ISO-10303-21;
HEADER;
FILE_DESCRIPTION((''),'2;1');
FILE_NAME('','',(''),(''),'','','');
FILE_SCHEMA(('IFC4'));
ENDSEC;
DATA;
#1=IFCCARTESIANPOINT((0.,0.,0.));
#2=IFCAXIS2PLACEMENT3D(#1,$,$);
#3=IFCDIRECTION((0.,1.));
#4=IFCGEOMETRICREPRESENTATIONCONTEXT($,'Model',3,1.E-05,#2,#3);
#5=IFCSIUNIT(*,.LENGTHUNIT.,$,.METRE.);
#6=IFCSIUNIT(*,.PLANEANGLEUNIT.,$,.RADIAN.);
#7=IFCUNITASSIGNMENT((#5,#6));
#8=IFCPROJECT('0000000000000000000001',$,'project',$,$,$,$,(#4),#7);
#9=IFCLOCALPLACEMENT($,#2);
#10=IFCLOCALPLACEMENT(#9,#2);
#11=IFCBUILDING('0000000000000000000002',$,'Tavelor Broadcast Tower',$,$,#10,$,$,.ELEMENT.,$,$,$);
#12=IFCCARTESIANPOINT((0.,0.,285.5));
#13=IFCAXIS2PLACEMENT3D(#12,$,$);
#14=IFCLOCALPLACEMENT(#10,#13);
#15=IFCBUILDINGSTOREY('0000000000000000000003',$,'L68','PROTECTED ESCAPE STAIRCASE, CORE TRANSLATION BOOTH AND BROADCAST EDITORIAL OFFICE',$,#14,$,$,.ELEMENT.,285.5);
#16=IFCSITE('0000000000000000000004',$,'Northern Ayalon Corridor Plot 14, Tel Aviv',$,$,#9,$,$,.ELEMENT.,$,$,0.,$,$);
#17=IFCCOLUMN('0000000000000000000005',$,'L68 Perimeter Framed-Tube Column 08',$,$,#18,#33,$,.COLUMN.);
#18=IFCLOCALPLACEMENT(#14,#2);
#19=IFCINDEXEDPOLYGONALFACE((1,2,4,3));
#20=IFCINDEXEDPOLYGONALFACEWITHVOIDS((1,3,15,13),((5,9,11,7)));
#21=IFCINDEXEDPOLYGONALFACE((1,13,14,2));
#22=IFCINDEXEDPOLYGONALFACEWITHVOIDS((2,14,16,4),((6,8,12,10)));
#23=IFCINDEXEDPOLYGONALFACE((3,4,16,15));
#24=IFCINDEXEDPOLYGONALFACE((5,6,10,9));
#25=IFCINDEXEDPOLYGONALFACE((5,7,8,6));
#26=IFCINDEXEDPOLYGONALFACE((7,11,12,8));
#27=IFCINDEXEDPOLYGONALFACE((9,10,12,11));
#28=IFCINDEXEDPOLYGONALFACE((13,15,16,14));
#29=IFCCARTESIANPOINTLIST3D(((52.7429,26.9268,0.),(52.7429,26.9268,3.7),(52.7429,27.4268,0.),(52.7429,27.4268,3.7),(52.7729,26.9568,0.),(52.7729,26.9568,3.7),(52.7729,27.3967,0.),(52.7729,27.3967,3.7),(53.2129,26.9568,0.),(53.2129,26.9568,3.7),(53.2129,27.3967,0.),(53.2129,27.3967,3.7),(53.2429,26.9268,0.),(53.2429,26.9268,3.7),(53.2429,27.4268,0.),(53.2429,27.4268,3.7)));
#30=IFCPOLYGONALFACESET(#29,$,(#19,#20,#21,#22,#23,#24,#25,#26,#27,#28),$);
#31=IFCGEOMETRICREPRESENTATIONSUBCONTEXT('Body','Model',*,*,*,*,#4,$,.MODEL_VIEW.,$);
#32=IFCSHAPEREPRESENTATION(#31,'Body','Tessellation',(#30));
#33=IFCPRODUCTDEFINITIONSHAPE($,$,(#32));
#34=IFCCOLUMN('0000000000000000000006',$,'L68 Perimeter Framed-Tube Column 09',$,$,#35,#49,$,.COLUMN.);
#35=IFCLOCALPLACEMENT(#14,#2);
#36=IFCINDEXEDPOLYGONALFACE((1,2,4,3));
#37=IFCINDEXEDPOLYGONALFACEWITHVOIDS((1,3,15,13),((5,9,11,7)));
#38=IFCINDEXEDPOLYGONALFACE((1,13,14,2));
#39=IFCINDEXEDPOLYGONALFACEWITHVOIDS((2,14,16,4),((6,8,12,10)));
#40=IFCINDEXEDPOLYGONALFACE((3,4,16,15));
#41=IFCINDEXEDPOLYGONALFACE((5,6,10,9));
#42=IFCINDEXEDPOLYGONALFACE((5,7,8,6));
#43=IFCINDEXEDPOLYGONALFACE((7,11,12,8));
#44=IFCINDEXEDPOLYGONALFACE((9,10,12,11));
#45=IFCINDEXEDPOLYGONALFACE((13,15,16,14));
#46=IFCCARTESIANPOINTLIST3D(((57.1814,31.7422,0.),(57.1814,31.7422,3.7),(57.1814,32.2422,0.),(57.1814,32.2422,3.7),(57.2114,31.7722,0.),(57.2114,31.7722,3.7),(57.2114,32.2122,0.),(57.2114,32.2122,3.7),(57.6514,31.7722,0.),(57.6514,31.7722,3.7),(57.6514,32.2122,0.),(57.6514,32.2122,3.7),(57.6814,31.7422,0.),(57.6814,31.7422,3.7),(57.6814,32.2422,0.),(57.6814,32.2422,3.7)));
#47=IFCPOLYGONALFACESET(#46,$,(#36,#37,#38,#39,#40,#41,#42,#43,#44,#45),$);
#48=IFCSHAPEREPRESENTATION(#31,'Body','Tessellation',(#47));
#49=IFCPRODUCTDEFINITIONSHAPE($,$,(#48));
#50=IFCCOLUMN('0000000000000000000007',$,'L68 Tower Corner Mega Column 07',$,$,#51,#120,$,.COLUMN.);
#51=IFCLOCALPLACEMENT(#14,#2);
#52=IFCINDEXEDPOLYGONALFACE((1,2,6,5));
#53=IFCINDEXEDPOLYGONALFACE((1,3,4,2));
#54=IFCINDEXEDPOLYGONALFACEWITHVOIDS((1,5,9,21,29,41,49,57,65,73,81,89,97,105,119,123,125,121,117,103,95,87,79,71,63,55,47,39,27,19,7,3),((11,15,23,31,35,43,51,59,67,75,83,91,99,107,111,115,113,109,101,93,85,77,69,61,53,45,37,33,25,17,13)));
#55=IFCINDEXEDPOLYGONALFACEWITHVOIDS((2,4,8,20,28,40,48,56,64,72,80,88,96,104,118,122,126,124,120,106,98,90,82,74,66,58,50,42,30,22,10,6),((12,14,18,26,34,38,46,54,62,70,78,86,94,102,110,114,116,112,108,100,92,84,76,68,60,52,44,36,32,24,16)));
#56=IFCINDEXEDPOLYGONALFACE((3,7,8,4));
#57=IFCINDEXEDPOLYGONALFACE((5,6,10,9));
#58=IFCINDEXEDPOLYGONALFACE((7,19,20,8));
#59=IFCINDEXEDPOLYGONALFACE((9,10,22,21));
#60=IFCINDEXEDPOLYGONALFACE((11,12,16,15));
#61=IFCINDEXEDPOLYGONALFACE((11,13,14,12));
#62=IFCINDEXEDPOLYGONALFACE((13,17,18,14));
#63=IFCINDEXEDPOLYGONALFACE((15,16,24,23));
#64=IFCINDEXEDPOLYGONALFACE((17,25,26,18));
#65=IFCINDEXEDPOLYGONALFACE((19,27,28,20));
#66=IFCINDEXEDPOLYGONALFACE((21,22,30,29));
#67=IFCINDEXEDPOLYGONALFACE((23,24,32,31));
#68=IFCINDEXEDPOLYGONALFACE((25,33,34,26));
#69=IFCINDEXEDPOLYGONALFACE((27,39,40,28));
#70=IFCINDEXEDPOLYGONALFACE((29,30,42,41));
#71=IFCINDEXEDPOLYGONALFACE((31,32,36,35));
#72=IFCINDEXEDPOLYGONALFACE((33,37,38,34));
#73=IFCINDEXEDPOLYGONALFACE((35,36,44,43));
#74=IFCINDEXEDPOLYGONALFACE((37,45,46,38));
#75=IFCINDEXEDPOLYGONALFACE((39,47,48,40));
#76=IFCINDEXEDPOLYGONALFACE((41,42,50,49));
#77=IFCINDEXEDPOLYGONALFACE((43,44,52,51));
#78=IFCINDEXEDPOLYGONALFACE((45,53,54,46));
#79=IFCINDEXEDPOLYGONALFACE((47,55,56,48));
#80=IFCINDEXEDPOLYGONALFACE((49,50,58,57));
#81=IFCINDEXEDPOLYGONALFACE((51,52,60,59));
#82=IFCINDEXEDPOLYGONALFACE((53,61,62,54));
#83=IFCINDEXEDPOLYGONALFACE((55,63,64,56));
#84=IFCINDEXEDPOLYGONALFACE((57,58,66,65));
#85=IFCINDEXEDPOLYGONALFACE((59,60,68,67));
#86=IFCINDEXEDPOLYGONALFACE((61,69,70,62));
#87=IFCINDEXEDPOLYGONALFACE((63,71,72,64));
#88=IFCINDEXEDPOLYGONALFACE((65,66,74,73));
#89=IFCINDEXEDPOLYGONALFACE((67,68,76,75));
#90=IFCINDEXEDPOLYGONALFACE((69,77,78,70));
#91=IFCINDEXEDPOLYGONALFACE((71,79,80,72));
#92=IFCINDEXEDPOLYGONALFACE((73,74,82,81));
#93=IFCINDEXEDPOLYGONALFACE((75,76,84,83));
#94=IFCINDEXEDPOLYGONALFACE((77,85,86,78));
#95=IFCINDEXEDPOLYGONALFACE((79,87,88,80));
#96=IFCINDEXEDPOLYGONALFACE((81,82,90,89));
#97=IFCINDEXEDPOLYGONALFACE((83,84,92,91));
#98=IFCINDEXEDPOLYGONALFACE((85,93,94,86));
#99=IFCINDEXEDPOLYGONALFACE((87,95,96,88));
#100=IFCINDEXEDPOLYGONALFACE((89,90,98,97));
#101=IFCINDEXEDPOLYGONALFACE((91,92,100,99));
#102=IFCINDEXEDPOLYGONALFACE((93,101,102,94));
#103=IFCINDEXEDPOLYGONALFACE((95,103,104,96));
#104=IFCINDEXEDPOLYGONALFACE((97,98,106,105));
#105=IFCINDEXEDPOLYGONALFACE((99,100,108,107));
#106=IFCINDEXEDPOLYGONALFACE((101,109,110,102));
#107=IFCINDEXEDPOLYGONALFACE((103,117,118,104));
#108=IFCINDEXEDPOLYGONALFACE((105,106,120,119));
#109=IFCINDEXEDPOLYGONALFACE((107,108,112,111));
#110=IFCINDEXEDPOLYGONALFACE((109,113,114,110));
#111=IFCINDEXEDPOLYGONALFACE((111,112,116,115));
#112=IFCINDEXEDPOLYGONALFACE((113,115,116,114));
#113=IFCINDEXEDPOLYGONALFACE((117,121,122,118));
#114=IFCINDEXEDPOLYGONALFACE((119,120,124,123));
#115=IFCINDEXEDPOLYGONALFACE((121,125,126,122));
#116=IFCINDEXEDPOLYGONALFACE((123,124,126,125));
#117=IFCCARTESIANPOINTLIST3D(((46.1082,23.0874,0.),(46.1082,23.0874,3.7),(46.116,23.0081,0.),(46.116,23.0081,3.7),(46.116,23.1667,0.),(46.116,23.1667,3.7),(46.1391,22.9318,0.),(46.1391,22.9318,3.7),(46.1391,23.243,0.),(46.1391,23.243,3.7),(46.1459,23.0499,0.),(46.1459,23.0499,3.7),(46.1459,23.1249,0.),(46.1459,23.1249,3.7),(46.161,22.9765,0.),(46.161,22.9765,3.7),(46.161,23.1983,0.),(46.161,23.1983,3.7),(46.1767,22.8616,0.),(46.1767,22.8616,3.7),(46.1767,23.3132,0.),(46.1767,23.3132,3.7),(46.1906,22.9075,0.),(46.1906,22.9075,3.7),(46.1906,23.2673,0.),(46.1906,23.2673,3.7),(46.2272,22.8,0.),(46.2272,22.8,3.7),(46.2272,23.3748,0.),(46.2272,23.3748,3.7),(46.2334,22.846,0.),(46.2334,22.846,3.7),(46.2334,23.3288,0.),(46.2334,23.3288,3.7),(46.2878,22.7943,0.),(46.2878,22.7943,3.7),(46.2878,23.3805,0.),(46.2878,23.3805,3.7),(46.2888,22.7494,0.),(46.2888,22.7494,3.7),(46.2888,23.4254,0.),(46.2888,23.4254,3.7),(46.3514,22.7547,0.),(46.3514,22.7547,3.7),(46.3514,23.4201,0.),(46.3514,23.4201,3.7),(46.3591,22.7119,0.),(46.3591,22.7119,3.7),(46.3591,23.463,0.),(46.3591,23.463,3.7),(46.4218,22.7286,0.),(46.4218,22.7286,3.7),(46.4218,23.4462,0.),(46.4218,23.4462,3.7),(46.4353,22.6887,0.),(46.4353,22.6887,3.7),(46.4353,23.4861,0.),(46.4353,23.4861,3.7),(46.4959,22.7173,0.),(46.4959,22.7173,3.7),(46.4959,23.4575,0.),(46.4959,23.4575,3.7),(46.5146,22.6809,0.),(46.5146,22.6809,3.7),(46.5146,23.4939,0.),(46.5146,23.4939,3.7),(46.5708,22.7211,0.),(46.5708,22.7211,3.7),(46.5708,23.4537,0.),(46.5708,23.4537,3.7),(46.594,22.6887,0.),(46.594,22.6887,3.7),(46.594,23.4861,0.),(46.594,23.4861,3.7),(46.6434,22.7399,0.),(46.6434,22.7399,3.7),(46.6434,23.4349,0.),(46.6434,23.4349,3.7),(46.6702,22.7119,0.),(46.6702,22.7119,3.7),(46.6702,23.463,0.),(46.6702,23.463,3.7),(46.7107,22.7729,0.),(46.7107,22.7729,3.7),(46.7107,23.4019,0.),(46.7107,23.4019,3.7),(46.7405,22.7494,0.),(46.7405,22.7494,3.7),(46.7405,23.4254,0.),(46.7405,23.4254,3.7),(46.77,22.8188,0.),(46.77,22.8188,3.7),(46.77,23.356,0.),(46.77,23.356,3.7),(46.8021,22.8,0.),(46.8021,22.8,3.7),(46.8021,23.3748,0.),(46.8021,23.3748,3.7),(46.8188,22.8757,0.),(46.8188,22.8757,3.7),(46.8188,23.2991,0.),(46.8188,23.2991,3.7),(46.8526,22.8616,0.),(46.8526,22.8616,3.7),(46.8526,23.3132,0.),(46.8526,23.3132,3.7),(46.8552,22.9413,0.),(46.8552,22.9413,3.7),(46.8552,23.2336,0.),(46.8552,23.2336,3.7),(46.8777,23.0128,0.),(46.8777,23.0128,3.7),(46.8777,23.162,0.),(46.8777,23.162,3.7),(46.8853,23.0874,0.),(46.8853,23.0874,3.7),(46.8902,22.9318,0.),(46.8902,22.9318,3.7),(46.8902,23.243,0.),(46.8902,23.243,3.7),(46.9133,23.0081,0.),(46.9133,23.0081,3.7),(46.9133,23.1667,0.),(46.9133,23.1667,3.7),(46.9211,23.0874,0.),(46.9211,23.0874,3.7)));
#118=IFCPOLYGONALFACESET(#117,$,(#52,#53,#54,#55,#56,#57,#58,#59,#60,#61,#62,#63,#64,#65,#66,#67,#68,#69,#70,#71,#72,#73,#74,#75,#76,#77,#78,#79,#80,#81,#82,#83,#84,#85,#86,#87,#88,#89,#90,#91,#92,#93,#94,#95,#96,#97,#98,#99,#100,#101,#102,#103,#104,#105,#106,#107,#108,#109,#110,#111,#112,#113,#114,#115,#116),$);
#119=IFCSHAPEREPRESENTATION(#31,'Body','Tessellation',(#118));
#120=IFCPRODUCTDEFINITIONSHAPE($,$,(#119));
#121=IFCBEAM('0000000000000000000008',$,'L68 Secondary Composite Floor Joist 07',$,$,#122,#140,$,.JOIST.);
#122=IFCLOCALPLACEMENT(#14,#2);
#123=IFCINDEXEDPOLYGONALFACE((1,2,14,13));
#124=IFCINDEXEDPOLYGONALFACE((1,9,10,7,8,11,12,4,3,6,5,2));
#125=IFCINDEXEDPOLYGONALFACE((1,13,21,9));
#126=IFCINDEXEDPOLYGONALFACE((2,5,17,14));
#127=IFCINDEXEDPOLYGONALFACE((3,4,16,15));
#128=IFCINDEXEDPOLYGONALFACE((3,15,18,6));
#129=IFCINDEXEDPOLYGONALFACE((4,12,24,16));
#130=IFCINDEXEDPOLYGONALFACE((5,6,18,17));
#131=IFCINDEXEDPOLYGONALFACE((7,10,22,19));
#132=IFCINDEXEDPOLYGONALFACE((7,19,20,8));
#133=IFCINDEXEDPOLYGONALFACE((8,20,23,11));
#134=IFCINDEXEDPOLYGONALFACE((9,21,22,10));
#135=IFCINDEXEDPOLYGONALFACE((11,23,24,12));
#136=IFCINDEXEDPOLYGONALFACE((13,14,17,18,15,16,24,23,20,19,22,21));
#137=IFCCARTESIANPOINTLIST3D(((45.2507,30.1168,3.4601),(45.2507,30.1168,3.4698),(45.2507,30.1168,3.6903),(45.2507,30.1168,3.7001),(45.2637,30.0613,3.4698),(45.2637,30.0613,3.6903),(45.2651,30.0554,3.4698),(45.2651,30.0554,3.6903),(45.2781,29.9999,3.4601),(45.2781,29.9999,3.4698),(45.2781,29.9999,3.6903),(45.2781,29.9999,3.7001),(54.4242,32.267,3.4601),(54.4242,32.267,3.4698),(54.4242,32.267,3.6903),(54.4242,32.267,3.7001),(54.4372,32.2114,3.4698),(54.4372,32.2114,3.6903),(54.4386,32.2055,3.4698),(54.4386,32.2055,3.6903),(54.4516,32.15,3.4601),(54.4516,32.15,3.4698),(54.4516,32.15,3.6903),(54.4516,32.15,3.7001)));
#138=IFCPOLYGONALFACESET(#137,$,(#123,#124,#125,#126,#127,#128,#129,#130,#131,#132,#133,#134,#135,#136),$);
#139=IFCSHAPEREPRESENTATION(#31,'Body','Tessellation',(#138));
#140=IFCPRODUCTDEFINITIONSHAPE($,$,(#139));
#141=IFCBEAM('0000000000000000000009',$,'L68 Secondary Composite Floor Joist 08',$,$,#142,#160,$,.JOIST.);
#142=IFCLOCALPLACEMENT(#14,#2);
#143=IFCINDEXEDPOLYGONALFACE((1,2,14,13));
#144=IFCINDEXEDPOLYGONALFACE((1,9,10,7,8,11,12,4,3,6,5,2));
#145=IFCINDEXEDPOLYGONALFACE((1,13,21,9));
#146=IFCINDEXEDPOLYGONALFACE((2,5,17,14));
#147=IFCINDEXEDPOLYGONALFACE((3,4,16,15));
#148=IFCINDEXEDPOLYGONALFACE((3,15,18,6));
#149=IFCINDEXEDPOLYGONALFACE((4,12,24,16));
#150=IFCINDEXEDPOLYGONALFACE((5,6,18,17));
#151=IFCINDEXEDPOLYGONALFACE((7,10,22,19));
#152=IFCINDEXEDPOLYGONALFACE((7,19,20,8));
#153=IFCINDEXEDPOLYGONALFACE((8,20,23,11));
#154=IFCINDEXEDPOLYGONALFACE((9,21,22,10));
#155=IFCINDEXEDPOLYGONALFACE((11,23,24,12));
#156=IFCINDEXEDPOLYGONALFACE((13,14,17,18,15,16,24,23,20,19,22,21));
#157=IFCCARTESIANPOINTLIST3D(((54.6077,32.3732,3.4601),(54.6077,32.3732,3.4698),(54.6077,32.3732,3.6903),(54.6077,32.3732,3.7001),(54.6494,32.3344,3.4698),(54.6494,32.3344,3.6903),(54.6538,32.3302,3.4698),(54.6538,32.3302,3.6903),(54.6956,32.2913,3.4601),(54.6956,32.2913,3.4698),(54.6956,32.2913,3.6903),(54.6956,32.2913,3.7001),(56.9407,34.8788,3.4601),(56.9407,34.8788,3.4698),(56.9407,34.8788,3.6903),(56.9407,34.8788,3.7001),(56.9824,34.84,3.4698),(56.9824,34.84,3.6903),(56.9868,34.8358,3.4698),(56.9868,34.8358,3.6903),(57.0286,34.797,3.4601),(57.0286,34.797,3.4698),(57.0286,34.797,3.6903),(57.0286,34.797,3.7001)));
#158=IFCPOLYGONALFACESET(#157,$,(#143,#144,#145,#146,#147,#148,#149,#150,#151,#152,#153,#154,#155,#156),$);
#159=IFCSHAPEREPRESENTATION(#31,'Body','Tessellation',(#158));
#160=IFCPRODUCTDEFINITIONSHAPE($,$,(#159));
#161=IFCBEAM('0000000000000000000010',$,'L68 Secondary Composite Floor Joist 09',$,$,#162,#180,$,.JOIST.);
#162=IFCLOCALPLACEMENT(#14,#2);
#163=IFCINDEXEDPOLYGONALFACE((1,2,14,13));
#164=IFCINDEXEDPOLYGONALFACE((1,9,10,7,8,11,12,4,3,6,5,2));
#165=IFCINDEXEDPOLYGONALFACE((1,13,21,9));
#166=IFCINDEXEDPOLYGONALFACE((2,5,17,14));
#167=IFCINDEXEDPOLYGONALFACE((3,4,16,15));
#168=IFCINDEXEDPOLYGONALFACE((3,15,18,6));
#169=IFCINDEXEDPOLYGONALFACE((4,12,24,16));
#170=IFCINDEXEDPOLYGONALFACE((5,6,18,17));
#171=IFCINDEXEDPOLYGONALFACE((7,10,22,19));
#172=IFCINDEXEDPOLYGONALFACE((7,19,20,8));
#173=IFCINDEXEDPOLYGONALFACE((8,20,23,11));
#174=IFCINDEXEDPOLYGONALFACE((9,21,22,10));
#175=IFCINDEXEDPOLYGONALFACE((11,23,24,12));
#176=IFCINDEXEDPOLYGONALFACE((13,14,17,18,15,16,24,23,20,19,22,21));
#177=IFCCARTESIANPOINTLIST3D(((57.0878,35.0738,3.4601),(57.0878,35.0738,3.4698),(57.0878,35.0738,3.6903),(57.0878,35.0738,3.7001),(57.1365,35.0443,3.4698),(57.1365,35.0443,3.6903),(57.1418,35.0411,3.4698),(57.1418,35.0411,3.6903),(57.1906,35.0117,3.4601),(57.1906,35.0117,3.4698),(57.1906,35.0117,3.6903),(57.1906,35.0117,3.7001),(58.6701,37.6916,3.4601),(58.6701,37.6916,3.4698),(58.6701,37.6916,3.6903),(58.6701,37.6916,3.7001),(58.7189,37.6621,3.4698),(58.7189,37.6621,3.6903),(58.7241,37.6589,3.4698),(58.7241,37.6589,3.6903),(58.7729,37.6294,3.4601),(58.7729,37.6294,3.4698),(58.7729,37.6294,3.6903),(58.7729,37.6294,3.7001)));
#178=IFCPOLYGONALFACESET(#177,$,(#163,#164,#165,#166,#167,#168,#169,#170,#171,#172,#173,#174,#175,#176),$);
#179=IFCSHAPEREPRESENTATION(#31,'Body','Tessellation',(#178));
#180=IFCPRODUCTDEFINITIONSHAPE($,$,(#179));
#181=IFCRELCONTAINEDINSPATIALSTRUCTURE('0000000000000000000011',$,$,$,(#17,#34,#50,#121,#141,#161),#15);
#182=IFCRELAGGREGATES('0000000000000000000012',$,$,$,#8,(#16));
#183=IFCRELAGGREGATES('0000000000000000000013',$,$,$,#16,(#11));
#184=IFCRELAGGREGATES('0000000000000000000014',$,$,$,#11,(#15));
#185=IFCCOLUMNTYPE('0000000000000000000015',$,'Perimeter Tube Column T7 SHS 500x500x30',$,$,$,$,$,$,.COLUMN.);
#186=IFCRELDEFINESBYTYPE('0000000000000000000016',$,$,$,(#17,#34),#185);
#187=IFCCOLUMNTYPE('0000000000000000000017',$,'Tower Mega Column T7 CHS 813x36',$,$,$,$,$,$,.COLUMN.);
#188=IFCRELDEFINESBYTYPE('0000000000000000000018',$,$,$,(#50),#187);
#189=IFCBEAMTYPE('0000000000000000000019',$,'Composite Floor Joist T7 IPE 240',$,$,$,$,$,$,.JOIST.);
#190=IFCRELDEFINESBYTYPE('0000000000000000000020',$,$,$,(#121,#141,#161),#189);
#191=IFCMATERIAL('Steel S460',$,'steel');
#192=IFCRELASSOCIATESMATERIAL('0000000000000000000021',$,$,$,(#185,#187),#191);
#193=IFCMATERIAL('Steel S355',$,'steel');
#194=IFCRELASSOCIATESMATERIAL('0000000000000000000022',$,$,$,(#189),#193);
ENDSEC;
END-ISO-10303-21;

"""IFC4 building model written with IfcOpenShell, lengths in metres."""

from ifc_helpers import new_model, si_unit, direction, frame, origin, origin_2d, place, context, subcontext, project, spatial, hollow_rectangle, hollow_circle, i_section, extrude, material, material_profile, profile_set, type_object, element, save


model = new_model("IFC4")

# Units and contexts
model_context = context("Model", 3, precision=1e-05, world=origin(), true_north=direction((0.0, 1.0)))
body_context = subcontext(model_context, "Body", "Model", "MODEL_VIEW")
ifc_project = project(units=[si_unit("LENGTHUNIT", "METRE"), si_unit("PLANEANGLEUNIT", "RADIAN")], contexts=[model_context])

# Site, building, storey
site_placement = place(None, origin())
site = spatial("IfcSite", under=ifc_project, at=site_placement, Name="Northern Ayalon Corridor Plot 14, Tel Aviv", CompositionType="ELEMENT", RefElevation=0.0)
building_placement = place(site_placement, origin())
building = spatial("IfcBuilding", under=site, at=building_placement, Name="Tavelor Broadcast Tower", CompositionType="ELEMENT")
storey_placement = place(building_placement, frame((0.0, 0.0, 285.5)))
storey = spatial("IfcBuildingStorey", under=building, at=storey_placement, Name="L68", Description="PROTECTED ESCAPE STAIRCASE, CORE TRANSLATION BOOTH AND BROADCAST EDITORIAL OFFICE", CompositionType="ELEMENT", Elevation=285.5)

# Columns
ifc_material_1 = material(Name="Steel S460", Category="steel")
ifc_material_profile_1 = material_profile(ifc_material_1, hollow_rectangle(XDim=0.5, YDim=0.5, WallThickness=0.03, at=origin_2d()), Name="SHS 500x500x30")
ifc_profile_set_1 = profile_set([ifc_material_profile_1], Name="Steel S460")
column_type_1 = type_object("IfcColumnType", Name="Perimeter Tube Column T7 SHS 500x500x30", PredefinedType="COLUMN", material=ifc_profile_set_1)
for number, where, z_axis, x_axis, name in (
    (1, (52.9929, 27.1768, 0.0), (0.0, 0.0, 1.0), (1.0, 0.0, 0.0), "L68 Perimeter Framed-Tube Column 08"),
    (2, (57.4314, 31.9922, 0.0), (0.0, 0.0, 1.0), (1.0, 0.0, 0.0), "L68 Perimeter Framed-Tube Column 09"),
):
    element("IfcColumn", number, at=place(storey_placement, frame(where, z_axis=z_axis, x_axis=x_axis)), inside=storey, type_object=column_type_1, Name=name, PredefinedType="COLUMN", context=body_context, shape_type="SweptSolid", body=[
        extrude(hollow_rectangle(XDim=0.5, YDim=0.5, WallThickness=0.03, at=origin_2d()), origin(), (0.0, 0.0, 1.0), 3.7),
    ])
ifc_material_profile_2 = material_profile(ifc_material_1, hollow_circle(Radius=0.4065, WallThickness=0.0359, at=origin_2d()), Name="CHS 813x36")
ifc_profile_set_2 = profile_set([ifc_material_profile_2], Name="Steel S460")
column_type_2 = type_object("IfcColumnType", Name="Tower Mega Column T7 CHS 813x36", PredefinedType="COLUMN", material=ifc_profile_set_2)
column_placement = place(storey_placement, frame((46.5146, 23.0874, 0.0), z_axis=(0.0, 0.0, 1.0), x_axis=(1.0, 0.0, 0.0)))
element("IfcColumn", 3, at=column_placement, inside=storey, type_object=column_type_2, Name="L68 Tower Corner Mega Column 07", PredefinedType="COLUMN", context=body_context, shape_type="SweptSolid", body=[
    extrude(hollow_circle(Radius=0.4065, WallThickness=0.0359, at=origin_2d()), origin(), (0.0, 0.0, 1.0), 3.7),
])

# Beams
ifc_material_2 = material(Name="Steel S355", Category="steel")
ifc_material_profile_3 = material_profile(ifc_material_2, i_section(OverallWidth=0.1201, OverallDepth=0.24, WebThickness=0.0061, FlangeThickness=0.0098, at=origin_2d()), Name="IPE 240")
ifc_profile_set_3 = profile_set([ifc_material_profile_3], Name="Steel S355")
beam_type_1 = type_object("IfcBeamType", Name="Composite Floor Joist T7 IPE 240", PredefinedType="JOIST", material=ifc_profile_set_3)
beam_1_placement = place(storey_placement, frame((45.2644, 30.0583, 3.5801), z_axis=(0.973614, 0.2282, 0.0), x_axis=(-0.2282, 0.973614, 0.0)))
element("IfcBeam", 4, at=beam_1_placement, inside=storey, type_object=beam_type_1, Name="L68 Secondary Composite Floor Joist 07", PredefinedType="JOIST", context=body_context, shape_type="SweptSolid", body=[
    extrude(i_section(OverallWidth=0.1201, OverallDepth=0.24, WebThickness=0.0061, FlangeThickness=0.0098, at=origin_2d()), origin(), (0.0, 0.0, 1.0), 9.4221),
])
beam_2_placement = place(storey_placement, frame((54.6516, 32.3323, 3.5801), z_axis=(0.681449, 0.731866, 0.0), x_axis=(-0.731866, 0.681449, 0.0)))
element("IfcBeam", 5, at=beam_2_placement, inside=storey, type_object=beam_type_1, Name="L68 Secondary Composite Floor Joist 08", PredefinedType="JOIST", context=body_context, shape_type="SweptSolid", body=[
    extrude(i_section(OverallWidth=0.1201, OverallDepth=0.24, WebThickness=0.0061, FlangeThickness=0.0098, at=origin_2d()), origin(), (0.0, 0.0, 1.0), 3.4236),
])
beam_3_placement = place(storey_placement, frame((57.1392, 35.0427, 3.5801), z_axis=(0.517298, 0.855805, 0.0), x_axis=(-0.855805, 0.517298, 0.0)))
element("IfcBeam", 6, at=beam_3_placement, inside=storey, type_object=beam_type_1, Name="L68 Secondary Composite Floor Joist 09", PredefinedType="JOIST", context=body_context, shape_type="SweptSolid", body=[
    extrude(i_section(OverallWidth=0.1201, OverallDepth=0.24, WebThickness=0.0061, FlangeThickness=0.0098, at=origin_2d()), origin(), (0.0, 0.0, 1.0), 3.0588),
])

save(model, "model.ifc")
